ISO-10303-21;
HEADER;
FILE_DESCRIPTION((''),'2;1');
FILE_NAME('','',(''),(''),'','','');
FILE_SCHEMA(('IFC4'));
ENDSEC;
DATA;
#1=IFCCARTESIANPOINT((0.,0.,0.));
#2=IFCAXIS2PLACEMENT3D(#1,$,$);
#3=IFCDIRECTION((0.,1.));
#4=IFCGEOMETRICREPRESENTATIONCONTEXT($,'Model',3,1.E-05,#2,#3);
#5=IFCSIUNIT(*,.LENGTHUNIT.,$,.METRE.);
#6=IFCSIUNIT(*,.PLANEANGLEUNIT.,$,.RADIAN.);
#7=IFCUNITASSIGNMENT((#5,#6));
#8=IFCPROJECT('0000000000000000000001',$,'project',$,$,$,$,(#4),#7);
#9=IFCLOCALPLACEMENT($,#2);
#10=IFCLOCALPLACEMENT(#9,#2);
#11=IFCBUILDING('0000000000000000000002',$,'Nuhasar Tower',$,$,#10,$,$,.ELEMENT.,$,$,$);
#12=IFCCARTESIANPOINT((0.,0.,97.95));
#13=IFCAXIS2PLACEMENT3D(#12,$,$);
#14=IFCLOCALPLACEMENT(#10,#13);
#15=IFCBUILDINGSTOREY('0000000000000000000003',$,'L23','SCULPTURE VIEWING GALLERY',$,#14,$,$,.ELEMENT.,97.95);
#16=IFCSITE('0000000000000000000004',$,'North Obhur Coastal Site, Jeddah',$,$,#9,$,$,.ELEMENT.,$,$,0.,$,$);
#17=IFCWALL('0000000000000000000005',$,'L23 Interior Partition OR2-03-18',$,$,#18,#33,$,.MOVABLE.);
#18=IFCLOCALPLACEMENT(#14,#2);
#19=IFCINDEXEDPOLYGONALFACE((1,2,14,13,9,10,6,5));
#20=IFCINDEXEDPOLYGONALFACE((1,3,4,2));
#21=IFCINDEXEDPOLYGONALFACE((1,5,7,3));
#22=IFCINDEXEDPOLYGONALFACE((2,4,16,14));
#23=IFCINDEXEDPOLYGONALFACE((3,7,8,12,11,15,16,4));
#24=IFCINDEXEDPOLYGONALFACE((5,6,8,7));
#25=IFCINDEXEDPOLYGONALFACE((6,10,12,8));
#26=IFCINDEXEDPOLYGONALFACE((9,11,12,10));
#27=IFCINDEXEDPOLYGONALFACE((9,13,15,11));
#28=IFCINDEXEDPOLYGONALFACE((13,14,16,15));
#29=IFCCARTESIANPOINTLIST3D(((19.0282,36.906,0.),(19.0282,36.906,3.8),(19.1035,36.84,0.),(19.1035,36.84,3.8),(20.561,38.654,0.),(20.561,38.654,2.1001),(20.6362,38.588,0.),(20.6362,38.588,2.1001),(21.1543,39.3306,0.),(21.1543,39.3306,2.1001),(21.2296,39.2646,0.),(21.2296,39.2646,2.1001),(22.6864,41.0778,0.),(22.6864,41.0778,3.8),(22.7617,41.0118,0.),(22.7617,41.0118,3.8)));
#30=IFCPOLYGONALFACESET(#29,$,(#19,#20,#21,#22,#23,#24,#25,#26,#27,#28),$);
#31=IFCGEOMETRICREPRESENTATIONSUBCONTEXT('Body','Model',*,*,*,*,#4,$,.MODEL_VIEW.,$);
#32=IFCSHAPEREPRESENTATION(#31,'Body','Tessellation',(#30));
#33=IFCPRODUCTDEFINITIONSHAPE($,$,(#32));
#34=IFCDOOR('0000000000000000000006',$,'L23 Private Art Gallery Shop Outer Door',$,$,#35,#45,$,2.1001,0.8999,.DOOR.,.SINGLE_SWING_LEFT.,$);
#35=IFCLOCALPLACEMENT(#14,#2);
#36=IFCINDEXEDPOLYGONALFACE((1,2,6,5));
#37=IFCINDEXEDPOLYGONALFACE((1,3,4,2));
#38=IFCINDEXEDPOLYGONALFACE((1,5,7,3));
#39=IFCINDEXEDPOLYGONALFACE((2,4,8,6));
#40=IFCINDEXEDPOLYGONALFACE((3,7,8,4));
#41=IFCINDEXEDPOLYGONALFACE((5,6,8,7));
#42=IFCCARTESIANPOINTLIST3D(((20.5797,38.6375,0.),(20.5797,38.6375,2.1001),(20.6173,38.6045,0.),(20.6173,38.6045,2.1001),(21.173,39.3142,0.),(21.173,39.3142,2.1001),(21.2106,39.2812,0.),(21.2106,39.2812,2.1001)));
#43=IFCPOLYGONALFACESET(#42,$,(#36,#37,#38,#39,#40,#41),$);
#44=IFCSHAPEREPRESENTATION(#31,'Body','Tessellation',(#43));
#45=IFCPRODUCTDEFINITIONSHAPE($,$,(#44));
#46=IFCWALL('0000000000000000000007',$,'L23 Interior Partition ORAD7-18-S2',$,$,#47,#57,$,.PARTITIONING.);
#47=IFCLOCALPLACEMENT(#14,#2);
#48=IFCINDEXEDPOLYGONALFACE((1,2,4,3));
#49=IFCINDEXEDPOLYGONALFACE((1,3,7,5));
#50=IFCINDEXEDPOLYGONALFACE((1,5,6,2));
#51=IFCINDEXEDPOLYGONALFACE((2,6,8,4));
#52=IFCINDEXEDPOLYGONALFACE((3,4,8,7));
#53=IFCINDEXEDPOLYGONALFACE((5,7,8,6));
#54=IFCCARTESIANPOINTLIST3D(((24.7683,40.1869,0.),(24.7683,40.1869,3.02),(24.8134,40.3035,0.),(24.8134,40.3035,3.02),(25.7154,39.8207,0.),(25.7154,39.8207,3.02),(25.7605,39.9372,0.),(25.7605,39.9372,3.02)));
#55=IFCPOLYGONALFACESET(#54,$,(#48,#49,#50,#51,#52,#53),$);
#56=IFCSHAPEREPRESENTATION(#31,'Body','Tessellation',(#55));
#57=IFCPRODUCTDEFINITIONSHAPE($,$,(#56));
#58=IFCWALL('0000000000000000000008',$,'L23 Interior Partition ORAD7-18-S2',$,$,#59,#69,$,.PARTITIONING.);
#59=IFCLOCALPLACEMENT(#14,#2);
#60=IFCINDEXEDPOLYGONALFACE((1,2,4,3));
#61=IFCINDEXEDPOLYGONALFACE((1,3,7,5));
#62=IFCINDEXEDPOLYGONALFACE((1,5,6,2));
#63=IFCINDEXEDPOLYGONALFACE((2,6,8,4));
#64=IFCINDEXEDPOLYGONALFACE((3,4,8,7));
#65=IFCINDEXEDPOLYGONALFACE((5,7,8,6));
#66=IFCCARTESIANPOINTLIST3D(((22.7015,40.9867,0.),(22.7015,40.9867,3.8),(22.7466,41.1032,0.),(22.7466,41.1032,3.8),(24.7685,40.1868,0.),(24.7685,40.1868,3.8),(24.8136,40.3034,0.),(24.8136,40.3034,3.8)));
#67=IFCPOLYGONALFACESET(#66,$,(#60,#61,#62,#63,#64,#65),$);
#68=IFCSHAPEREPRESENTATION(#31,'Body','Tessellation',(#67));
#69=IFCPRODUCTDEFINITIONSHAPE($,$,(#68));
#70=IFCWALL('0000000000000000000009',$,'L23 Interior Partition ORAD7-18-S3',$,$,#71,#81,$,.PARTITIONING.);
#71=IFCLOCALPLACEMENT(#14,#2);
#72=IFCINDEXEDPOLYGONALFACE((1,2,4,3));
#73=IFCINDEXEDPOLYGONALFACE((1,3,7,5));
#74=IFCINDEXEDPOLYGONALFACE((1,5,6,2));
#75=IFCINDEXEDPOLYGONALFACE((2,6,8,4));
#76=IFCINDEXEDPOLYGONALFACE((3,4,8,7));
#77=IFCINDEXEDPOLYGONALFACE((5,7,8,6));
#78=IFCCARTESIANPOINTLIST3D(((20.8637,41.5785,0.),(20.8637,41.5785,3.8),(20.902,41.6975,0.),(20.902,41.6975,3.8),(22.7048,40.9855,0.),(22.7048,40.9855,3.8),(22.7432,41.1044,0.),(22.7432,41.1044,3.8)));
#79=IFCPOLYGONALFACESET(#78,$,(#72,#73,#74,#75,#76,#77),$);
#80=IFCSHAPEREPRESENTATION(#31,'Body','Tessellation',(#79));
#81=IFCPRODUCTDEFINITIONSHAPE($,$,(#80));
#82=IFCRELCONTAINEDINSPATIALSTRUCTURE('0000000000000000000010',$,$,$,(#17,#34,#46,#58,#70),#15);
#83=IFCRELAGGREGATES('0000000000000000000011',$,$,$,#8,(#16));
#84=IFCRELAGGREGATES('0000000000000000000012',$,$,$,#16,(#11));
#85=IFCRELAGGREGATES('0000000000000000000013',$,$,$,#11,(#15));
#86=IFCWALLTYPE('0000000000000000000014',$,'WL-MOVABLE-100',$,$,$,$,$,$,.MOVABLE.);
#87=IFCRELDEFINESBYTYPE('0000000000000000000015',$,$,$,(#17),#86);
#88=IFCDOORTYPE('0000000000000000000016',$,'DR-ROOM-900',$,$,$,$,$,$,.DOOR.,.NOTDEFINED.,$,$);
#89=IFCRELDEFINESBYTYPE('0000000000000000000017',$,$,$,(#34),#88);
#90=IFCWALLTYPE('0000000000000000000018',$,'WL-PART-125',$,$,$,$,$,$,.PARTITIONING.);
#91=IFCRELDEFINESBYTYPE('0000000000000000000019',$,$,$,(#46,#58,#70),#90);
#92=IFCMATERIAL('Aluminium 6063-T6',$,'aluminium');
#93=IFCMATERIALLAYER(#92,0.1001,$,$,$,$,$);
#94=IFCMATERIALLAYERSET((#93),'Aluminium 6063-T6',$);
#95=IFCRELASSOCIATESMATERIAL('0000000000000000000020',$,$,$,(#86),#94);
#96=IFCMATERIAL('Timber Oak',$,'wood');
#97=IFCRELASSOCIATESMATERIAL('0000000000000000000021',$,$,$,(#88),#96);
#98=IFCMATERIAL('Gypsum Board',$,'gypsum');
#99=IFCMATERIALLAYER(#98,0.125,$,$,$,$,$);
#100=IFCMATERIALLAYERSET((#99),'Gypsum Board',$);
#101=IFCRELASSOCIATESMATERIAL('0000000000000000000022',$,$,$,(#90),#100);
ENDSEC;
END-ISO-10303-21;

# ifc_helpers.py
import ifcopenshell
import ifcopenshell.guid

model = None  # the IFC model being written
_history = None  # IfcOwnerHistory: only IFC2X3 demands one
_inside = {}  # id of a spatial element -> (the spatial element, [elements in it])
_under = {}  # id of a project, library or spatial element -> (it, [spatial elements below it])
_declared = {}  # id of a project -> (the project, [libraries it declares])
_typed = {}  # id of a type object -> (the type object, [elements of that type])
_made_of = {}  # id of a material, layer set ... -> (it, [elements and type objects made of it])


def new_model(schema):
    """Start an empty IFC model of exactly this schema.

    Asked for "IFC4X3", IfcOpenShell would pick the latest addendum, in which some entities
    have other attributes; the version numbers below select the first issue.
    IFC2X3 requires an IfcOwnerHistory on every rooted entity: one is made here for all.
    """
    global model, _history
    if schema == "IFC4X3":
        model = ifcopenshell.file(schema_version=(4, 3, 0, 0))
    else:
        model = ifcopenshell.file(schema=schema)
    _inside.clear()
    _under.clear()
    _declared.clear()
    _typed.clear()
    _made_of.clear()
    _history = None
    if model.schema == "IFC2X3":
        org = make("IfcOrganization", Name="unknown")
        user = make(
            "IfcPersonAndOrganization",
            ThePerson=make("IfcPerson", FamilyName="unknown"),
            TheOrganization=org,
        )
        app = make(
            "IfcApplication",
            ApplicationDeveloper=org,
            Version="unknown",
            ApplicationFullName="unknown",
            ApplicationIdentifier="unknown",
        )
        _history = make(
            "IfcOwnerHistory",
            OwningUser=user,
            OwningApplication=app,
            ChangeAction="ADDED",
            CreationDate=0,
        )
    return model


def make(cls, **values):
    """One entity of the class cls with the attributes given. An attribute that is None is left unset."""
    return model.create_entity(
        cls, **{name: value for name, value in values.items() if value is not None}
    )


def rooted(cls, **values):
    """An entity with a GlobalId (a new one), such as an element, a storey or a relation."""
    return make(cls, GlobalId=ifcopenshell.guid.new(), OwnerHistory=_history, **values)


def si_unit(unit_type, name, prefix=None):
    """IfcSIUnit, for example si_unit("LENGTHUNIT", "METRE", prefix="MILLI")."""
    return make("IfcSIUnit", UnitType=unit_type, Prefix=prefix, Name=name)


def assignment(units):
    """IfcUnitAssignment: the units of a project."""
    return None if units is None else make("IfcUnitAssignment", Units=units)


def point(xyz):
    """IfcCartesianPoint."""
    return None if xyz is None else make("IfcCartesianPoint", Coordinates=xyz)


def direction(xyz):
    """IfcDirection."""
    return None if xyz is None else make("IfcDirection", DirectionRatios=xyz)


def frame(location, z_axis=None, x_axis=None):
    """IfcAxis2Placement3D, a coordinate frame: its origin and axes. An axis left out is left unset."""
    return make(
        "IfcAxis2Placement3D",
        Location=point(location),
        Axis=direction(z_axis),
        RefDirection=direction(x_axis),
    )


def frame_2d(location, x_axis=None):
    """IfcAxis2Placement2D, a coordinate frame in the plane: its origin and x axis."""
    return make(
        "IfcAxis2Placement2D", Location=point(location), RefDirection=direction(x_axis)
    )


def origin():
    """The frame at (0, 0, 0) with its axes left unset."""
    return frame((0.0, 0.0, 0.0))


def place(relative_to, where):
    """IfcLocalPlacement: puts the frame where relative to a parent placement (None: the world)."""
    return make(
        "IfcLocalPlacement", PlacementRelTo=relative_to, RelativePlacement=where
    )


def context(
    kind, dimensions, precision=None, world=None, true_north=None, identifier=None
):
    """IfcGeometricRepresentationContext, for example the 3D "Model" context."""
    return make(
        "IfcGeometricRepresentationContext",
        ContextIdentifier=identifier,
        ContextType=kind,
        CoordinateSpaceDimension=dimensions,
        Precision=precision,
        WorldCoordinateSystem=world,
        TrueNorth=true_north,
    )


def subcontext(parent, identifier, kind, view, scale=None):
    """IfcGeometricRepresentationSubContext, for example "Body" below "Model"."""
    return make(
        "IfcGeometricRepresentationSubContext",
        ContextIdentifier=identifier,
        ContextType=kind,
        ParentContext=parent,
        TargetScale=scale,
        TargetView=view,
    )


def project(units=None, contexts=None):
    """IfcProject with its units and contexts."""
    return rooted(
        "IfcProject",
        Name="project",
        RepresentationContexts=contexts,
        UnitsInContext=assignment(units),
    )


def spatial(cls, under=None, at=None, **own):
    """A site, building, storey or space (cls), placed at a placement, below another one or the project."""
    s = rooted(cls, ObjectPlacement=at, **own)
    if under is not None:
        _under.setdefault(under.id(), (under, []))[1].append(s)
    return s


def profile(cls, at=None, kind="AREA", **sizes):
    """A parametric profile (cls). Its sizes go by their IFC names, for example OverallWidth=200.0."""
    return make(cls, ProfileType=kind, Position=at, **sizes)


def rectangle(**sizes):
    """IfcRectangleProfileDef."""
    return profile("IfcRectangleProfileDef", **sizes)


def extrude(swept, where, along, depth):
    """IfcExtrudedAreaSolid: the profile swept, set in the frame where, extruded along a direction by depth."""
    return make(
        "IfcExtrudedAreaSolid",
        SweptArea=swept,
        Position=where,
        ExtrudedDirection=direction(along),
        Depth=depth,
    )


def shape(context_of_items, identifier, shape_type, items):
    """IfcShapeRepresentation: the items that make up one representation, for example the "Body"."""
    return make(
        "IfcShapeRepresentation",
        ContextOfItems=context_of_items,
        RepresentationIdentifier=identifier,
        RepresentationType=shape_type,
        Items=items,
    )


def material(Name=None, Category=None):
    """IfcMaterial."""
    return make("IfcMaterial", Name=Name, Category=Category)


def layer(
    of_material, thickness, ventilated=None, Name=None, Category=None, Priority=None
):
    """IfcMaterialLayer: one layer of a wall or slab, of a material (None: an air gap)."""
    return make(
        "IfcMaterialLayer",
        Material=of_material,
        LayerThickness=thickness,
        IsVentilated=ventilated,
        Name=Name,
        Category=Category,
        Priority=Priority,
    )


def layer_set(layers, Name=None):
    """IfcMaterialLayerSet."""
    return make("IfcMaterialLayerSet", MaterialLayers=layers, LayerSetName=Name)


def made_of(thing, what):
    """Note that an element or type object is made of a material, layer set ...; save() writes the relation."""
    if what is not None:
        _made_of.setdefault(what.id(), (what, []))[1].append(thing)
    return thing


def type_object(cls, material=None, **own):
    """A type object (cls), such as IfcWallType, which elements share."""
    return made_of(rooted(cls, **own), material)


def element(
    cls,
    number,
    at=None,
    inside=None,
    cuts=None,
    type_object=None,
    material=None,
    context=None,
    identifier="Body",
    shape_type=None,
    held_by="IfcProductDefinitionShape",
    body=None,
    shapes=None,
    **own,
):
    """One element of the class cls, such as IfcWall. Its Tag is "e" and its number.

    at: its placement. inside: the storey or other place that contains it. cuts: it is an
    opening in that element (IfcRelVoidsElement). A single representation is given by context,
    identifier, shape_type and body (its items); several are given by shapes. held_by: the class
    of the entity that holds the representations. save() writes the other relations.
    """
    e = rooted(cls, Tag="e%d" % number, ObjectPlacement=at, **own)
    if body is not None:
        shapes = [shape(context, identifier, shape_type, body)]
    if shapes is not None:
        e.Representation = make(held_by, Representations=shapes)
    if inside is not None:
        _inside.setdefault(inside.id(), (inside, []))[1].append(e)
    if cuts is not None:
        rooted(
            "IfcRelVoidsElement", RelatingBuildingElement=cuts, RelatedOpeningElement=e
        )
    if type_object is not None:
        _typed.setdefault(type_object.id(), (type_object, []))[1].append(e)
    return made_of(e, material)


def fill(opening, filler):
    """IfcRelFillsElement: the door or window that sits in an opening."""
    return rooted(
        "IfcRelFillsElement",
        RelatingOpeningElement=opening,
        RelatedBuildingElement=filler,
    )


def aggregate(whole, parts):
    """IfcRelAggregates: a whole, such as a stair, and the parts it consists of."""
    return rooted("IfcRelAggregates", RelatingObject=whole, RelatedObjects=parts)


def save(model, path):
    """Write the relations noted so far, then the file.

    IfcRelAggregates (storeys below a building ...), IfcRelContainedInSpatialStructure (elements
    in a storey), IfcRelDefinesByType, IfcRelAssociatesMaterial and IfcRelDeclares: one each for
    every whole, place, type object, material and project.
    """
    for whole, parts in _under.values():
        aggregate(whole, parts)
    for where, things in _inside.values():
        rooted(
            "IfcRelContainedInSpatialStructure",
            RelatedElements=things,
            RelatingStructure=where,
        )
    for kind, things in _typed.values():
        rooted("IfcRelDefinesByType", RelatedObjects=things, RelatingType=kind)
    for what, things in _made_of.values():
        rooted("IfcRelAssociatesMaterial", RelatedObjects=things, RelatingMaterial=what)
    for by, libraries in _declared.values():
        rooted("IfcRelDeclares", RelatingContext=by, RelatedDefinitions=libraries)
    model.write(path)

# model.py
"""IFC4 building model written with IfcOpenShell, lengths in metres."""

from ifc_helpers import new_model, si_unit, direction, frame, frame_2d, origin, place, context, subcontext, project, spatial, rectangle, extrude, material, layer, layer_set, type_object, element, fill, save


model = new_model("IFC4")

# Units and contexts
model_context = context("Model", 3, precision=1e-05, world=origin(), true_north=direction((0.0, 1.0)))
body_context = subcontext(model_context, "Body", "Model", "MODEL_VIEW")
ifc_project = project(units=[si_unit("LENGTHUNIT", "METRE"), si_unit("PLANEANGLEUNIT", "RADIAN")], contexts=[model_context])

# Site, building, storey
site_placement = place(None, origin())
site = spatial("IfcSite", under=ifc_project, at=site_placement, Name="North Obhur Coastal Site, Jeddah", CompositionType="ELEMENT", RefElevation=0.0)
building_placement = place(site_placement, origin())
building = spatial("IfcBuilding", under=site, at=building_placement, Name="Nuhasar Tower", CompositionType="ELEMENT")
storey_placement = place(building_placement, frame((0.0, 0.0, 97.95)))
storey = spatial("IfcBuildingStorey", under=building, at=storey_placement, Name="L23", Description="SCULPTURE VIEWING GALLERY", CompositionType="ELEMENT", Elevation=97.95)

# Shared definitions
ifc_material_1 = material(Name="Aluminium 6063-T6", Category="aluminium")

# Shared definitions
ifc_layer_1 = layer(ifc_material_1, 0.1001)
ifc_layer_set_1 = layer_set([ifc_layer_1], Name="Aluminium 6063-T6")
wall_type_1 = type_object("IfcWallType", Name="WL-MOVABLE-100", PredefinedType="MOVABLE", material=ifc_layer_set_1)

# Wall, opening, door
wall_1_placement = place(storey_placement, frame((22.7241, 41.0449, 0.0), z_axis=(0.0, 0.0, 1.0), x_axis=(-0.659302, -0.751878, 0.0)))
wall_1 = element("IfcWall", 1, at=wall_1_placement, inside=storey, type_object=wall_type_1, Name="L23 Interior Partition OR2-03-18", PredefinedType="MOVABLE", context=body_context, shape_type="SweptSolid", body=[
    extrude(rectangle(XDim=5.5486, YDim=0.1001, at=frame_2d((2.7744, 0.0))), origin(), (0.0, 0.0, 1.0), 3.8),
])
opening_placement = place(wall_1_placement, frame((2.324, 0.0, 0.0)))
opening = element("IfcOpeningElement", 2, at=opening_placement, cuts=wall_1, PredefinedType="OPENING", context=body_context, shape_type="SweptSolid", body=[
    extrude(rectangle(XDim=0.8999, YDim=2.1001, at=frame_2d((0.45, 1.05))), frame((0.0, 0.0601, 0.0), z_axis=(0.0, -1.0, 0.0), x_axis=(1.0, 0.0, 0.0)), (0.0, 0.0, 1.0), 0.1201),
])
ifc_material_2 = material(Name="Timber Oak", Category="wood")
door_type = type_object("IfcDoorType", Name="DR-ROOM-900", OperationType="NOTDEFINED", PredefinedType="DOOR", material=ifc_material_2)
door_placement = place(opening_placement, origin())
door = element("IfcDoor", 3, at=door_placement, inside=storey, type_object=door_type, Name="L23 Private Art Gallery Shop Outer Door", OperationType="SINGLE_SWING_LEFT", OverallHeight=2.1001, OverallWidth=0.8999, PredefinedType="DOOR", context=body_context, shape_type="SweptSolid", body=[
    extrude(rectangle(XDim=0.8999, YDim=2.1001, at=frame_2d((0.45, 1.05))), frame((0.0, 0.0249, 0.0), z_axis=(0.0, -1.0, 0.0), x_axis=(1.0, 0.0, 0.0)), (0.0, 0.0, 1.0), 0.05),
])
fill(opening, door)

# Walls
ifc_material_3 = material(Name="Gypsum Board", Category="gypsum")
ifc_layer_2 = layer(ifc_material_3, 0.125)
ifc_layer_set_2 = layer_set([ifc_layer_2], Name="Gypsum Board")
wall_type_2 = type_object("IfcWallType", Name="WL-PART-125", PredefinedType="PARTITIONING", material=ifc_layer_set_2)
wall_2_placement = place(storey_placement, frame((25.738, 39.8789, 0.0), z_axis=(0.0, 0.0, 1.0), x_axis=(-0.932693, 0.36067, 0.0)))
element("IfcWall", 4, at=wall_2_placement, inside=storey, type_object=wall_type_2, Name="L23 Interior Partition ORAD7-18-S2", PredefinedType="PARTITIONING", context=body_context, shape_type="SweptSolid", body=[
    extrude(rectangle(XDim=1.0154, YDim=0.125, at=frame_2d((0.5078, 0.0))), origin(), (0.0, 0.0, 1.0), 3.02),
])
wall_3_placement = place(storey_placement, frame((24.791, 40.2451, 0.0), z_axis=(0.0, 0.0, 1.0), x_axis=(-0.932611, 0.360883, 0.0)))
element("IfcWall", 5, at=wall_3_placement, inside=storey, type_object=wall_type_2, Name="L23 Interior Partition ORAD7-18-S2", PredefinedType="PARTITIONING", context=body_context, shape_type="SweptSolid", body=[
    extrude(rectangle(XDim=2.2163, YDim=0.125, at=frame_2d((1.1082, 0.0))), origin(), (0.0, 0.0, 1.0), 3.8),
])
wall_4_placement = place(storey_placement, frame((22.7241, 41.0449, 0.0), z_axis=(0.0, 0.0, 1.0), x_axis=(-0.951841, 0.306593, 0.0)))
element("IfcWall", 6, at=wall_4_placement, inside=storey, type_object=wall_type_2, Name="L23 Interior Partition ORAD7-18-S3", PredefinedType="PARTITIONING", context=body_context, shape_type="SweptSolid", body=[
    extrude(rectangle(XDim=1.9343, YDim=0.125, at=frame_2d((0.9673, 0.0))), origin(), (0.0, 0.0, 1.0), 3.8),
])

save(model, "model.ifc")
